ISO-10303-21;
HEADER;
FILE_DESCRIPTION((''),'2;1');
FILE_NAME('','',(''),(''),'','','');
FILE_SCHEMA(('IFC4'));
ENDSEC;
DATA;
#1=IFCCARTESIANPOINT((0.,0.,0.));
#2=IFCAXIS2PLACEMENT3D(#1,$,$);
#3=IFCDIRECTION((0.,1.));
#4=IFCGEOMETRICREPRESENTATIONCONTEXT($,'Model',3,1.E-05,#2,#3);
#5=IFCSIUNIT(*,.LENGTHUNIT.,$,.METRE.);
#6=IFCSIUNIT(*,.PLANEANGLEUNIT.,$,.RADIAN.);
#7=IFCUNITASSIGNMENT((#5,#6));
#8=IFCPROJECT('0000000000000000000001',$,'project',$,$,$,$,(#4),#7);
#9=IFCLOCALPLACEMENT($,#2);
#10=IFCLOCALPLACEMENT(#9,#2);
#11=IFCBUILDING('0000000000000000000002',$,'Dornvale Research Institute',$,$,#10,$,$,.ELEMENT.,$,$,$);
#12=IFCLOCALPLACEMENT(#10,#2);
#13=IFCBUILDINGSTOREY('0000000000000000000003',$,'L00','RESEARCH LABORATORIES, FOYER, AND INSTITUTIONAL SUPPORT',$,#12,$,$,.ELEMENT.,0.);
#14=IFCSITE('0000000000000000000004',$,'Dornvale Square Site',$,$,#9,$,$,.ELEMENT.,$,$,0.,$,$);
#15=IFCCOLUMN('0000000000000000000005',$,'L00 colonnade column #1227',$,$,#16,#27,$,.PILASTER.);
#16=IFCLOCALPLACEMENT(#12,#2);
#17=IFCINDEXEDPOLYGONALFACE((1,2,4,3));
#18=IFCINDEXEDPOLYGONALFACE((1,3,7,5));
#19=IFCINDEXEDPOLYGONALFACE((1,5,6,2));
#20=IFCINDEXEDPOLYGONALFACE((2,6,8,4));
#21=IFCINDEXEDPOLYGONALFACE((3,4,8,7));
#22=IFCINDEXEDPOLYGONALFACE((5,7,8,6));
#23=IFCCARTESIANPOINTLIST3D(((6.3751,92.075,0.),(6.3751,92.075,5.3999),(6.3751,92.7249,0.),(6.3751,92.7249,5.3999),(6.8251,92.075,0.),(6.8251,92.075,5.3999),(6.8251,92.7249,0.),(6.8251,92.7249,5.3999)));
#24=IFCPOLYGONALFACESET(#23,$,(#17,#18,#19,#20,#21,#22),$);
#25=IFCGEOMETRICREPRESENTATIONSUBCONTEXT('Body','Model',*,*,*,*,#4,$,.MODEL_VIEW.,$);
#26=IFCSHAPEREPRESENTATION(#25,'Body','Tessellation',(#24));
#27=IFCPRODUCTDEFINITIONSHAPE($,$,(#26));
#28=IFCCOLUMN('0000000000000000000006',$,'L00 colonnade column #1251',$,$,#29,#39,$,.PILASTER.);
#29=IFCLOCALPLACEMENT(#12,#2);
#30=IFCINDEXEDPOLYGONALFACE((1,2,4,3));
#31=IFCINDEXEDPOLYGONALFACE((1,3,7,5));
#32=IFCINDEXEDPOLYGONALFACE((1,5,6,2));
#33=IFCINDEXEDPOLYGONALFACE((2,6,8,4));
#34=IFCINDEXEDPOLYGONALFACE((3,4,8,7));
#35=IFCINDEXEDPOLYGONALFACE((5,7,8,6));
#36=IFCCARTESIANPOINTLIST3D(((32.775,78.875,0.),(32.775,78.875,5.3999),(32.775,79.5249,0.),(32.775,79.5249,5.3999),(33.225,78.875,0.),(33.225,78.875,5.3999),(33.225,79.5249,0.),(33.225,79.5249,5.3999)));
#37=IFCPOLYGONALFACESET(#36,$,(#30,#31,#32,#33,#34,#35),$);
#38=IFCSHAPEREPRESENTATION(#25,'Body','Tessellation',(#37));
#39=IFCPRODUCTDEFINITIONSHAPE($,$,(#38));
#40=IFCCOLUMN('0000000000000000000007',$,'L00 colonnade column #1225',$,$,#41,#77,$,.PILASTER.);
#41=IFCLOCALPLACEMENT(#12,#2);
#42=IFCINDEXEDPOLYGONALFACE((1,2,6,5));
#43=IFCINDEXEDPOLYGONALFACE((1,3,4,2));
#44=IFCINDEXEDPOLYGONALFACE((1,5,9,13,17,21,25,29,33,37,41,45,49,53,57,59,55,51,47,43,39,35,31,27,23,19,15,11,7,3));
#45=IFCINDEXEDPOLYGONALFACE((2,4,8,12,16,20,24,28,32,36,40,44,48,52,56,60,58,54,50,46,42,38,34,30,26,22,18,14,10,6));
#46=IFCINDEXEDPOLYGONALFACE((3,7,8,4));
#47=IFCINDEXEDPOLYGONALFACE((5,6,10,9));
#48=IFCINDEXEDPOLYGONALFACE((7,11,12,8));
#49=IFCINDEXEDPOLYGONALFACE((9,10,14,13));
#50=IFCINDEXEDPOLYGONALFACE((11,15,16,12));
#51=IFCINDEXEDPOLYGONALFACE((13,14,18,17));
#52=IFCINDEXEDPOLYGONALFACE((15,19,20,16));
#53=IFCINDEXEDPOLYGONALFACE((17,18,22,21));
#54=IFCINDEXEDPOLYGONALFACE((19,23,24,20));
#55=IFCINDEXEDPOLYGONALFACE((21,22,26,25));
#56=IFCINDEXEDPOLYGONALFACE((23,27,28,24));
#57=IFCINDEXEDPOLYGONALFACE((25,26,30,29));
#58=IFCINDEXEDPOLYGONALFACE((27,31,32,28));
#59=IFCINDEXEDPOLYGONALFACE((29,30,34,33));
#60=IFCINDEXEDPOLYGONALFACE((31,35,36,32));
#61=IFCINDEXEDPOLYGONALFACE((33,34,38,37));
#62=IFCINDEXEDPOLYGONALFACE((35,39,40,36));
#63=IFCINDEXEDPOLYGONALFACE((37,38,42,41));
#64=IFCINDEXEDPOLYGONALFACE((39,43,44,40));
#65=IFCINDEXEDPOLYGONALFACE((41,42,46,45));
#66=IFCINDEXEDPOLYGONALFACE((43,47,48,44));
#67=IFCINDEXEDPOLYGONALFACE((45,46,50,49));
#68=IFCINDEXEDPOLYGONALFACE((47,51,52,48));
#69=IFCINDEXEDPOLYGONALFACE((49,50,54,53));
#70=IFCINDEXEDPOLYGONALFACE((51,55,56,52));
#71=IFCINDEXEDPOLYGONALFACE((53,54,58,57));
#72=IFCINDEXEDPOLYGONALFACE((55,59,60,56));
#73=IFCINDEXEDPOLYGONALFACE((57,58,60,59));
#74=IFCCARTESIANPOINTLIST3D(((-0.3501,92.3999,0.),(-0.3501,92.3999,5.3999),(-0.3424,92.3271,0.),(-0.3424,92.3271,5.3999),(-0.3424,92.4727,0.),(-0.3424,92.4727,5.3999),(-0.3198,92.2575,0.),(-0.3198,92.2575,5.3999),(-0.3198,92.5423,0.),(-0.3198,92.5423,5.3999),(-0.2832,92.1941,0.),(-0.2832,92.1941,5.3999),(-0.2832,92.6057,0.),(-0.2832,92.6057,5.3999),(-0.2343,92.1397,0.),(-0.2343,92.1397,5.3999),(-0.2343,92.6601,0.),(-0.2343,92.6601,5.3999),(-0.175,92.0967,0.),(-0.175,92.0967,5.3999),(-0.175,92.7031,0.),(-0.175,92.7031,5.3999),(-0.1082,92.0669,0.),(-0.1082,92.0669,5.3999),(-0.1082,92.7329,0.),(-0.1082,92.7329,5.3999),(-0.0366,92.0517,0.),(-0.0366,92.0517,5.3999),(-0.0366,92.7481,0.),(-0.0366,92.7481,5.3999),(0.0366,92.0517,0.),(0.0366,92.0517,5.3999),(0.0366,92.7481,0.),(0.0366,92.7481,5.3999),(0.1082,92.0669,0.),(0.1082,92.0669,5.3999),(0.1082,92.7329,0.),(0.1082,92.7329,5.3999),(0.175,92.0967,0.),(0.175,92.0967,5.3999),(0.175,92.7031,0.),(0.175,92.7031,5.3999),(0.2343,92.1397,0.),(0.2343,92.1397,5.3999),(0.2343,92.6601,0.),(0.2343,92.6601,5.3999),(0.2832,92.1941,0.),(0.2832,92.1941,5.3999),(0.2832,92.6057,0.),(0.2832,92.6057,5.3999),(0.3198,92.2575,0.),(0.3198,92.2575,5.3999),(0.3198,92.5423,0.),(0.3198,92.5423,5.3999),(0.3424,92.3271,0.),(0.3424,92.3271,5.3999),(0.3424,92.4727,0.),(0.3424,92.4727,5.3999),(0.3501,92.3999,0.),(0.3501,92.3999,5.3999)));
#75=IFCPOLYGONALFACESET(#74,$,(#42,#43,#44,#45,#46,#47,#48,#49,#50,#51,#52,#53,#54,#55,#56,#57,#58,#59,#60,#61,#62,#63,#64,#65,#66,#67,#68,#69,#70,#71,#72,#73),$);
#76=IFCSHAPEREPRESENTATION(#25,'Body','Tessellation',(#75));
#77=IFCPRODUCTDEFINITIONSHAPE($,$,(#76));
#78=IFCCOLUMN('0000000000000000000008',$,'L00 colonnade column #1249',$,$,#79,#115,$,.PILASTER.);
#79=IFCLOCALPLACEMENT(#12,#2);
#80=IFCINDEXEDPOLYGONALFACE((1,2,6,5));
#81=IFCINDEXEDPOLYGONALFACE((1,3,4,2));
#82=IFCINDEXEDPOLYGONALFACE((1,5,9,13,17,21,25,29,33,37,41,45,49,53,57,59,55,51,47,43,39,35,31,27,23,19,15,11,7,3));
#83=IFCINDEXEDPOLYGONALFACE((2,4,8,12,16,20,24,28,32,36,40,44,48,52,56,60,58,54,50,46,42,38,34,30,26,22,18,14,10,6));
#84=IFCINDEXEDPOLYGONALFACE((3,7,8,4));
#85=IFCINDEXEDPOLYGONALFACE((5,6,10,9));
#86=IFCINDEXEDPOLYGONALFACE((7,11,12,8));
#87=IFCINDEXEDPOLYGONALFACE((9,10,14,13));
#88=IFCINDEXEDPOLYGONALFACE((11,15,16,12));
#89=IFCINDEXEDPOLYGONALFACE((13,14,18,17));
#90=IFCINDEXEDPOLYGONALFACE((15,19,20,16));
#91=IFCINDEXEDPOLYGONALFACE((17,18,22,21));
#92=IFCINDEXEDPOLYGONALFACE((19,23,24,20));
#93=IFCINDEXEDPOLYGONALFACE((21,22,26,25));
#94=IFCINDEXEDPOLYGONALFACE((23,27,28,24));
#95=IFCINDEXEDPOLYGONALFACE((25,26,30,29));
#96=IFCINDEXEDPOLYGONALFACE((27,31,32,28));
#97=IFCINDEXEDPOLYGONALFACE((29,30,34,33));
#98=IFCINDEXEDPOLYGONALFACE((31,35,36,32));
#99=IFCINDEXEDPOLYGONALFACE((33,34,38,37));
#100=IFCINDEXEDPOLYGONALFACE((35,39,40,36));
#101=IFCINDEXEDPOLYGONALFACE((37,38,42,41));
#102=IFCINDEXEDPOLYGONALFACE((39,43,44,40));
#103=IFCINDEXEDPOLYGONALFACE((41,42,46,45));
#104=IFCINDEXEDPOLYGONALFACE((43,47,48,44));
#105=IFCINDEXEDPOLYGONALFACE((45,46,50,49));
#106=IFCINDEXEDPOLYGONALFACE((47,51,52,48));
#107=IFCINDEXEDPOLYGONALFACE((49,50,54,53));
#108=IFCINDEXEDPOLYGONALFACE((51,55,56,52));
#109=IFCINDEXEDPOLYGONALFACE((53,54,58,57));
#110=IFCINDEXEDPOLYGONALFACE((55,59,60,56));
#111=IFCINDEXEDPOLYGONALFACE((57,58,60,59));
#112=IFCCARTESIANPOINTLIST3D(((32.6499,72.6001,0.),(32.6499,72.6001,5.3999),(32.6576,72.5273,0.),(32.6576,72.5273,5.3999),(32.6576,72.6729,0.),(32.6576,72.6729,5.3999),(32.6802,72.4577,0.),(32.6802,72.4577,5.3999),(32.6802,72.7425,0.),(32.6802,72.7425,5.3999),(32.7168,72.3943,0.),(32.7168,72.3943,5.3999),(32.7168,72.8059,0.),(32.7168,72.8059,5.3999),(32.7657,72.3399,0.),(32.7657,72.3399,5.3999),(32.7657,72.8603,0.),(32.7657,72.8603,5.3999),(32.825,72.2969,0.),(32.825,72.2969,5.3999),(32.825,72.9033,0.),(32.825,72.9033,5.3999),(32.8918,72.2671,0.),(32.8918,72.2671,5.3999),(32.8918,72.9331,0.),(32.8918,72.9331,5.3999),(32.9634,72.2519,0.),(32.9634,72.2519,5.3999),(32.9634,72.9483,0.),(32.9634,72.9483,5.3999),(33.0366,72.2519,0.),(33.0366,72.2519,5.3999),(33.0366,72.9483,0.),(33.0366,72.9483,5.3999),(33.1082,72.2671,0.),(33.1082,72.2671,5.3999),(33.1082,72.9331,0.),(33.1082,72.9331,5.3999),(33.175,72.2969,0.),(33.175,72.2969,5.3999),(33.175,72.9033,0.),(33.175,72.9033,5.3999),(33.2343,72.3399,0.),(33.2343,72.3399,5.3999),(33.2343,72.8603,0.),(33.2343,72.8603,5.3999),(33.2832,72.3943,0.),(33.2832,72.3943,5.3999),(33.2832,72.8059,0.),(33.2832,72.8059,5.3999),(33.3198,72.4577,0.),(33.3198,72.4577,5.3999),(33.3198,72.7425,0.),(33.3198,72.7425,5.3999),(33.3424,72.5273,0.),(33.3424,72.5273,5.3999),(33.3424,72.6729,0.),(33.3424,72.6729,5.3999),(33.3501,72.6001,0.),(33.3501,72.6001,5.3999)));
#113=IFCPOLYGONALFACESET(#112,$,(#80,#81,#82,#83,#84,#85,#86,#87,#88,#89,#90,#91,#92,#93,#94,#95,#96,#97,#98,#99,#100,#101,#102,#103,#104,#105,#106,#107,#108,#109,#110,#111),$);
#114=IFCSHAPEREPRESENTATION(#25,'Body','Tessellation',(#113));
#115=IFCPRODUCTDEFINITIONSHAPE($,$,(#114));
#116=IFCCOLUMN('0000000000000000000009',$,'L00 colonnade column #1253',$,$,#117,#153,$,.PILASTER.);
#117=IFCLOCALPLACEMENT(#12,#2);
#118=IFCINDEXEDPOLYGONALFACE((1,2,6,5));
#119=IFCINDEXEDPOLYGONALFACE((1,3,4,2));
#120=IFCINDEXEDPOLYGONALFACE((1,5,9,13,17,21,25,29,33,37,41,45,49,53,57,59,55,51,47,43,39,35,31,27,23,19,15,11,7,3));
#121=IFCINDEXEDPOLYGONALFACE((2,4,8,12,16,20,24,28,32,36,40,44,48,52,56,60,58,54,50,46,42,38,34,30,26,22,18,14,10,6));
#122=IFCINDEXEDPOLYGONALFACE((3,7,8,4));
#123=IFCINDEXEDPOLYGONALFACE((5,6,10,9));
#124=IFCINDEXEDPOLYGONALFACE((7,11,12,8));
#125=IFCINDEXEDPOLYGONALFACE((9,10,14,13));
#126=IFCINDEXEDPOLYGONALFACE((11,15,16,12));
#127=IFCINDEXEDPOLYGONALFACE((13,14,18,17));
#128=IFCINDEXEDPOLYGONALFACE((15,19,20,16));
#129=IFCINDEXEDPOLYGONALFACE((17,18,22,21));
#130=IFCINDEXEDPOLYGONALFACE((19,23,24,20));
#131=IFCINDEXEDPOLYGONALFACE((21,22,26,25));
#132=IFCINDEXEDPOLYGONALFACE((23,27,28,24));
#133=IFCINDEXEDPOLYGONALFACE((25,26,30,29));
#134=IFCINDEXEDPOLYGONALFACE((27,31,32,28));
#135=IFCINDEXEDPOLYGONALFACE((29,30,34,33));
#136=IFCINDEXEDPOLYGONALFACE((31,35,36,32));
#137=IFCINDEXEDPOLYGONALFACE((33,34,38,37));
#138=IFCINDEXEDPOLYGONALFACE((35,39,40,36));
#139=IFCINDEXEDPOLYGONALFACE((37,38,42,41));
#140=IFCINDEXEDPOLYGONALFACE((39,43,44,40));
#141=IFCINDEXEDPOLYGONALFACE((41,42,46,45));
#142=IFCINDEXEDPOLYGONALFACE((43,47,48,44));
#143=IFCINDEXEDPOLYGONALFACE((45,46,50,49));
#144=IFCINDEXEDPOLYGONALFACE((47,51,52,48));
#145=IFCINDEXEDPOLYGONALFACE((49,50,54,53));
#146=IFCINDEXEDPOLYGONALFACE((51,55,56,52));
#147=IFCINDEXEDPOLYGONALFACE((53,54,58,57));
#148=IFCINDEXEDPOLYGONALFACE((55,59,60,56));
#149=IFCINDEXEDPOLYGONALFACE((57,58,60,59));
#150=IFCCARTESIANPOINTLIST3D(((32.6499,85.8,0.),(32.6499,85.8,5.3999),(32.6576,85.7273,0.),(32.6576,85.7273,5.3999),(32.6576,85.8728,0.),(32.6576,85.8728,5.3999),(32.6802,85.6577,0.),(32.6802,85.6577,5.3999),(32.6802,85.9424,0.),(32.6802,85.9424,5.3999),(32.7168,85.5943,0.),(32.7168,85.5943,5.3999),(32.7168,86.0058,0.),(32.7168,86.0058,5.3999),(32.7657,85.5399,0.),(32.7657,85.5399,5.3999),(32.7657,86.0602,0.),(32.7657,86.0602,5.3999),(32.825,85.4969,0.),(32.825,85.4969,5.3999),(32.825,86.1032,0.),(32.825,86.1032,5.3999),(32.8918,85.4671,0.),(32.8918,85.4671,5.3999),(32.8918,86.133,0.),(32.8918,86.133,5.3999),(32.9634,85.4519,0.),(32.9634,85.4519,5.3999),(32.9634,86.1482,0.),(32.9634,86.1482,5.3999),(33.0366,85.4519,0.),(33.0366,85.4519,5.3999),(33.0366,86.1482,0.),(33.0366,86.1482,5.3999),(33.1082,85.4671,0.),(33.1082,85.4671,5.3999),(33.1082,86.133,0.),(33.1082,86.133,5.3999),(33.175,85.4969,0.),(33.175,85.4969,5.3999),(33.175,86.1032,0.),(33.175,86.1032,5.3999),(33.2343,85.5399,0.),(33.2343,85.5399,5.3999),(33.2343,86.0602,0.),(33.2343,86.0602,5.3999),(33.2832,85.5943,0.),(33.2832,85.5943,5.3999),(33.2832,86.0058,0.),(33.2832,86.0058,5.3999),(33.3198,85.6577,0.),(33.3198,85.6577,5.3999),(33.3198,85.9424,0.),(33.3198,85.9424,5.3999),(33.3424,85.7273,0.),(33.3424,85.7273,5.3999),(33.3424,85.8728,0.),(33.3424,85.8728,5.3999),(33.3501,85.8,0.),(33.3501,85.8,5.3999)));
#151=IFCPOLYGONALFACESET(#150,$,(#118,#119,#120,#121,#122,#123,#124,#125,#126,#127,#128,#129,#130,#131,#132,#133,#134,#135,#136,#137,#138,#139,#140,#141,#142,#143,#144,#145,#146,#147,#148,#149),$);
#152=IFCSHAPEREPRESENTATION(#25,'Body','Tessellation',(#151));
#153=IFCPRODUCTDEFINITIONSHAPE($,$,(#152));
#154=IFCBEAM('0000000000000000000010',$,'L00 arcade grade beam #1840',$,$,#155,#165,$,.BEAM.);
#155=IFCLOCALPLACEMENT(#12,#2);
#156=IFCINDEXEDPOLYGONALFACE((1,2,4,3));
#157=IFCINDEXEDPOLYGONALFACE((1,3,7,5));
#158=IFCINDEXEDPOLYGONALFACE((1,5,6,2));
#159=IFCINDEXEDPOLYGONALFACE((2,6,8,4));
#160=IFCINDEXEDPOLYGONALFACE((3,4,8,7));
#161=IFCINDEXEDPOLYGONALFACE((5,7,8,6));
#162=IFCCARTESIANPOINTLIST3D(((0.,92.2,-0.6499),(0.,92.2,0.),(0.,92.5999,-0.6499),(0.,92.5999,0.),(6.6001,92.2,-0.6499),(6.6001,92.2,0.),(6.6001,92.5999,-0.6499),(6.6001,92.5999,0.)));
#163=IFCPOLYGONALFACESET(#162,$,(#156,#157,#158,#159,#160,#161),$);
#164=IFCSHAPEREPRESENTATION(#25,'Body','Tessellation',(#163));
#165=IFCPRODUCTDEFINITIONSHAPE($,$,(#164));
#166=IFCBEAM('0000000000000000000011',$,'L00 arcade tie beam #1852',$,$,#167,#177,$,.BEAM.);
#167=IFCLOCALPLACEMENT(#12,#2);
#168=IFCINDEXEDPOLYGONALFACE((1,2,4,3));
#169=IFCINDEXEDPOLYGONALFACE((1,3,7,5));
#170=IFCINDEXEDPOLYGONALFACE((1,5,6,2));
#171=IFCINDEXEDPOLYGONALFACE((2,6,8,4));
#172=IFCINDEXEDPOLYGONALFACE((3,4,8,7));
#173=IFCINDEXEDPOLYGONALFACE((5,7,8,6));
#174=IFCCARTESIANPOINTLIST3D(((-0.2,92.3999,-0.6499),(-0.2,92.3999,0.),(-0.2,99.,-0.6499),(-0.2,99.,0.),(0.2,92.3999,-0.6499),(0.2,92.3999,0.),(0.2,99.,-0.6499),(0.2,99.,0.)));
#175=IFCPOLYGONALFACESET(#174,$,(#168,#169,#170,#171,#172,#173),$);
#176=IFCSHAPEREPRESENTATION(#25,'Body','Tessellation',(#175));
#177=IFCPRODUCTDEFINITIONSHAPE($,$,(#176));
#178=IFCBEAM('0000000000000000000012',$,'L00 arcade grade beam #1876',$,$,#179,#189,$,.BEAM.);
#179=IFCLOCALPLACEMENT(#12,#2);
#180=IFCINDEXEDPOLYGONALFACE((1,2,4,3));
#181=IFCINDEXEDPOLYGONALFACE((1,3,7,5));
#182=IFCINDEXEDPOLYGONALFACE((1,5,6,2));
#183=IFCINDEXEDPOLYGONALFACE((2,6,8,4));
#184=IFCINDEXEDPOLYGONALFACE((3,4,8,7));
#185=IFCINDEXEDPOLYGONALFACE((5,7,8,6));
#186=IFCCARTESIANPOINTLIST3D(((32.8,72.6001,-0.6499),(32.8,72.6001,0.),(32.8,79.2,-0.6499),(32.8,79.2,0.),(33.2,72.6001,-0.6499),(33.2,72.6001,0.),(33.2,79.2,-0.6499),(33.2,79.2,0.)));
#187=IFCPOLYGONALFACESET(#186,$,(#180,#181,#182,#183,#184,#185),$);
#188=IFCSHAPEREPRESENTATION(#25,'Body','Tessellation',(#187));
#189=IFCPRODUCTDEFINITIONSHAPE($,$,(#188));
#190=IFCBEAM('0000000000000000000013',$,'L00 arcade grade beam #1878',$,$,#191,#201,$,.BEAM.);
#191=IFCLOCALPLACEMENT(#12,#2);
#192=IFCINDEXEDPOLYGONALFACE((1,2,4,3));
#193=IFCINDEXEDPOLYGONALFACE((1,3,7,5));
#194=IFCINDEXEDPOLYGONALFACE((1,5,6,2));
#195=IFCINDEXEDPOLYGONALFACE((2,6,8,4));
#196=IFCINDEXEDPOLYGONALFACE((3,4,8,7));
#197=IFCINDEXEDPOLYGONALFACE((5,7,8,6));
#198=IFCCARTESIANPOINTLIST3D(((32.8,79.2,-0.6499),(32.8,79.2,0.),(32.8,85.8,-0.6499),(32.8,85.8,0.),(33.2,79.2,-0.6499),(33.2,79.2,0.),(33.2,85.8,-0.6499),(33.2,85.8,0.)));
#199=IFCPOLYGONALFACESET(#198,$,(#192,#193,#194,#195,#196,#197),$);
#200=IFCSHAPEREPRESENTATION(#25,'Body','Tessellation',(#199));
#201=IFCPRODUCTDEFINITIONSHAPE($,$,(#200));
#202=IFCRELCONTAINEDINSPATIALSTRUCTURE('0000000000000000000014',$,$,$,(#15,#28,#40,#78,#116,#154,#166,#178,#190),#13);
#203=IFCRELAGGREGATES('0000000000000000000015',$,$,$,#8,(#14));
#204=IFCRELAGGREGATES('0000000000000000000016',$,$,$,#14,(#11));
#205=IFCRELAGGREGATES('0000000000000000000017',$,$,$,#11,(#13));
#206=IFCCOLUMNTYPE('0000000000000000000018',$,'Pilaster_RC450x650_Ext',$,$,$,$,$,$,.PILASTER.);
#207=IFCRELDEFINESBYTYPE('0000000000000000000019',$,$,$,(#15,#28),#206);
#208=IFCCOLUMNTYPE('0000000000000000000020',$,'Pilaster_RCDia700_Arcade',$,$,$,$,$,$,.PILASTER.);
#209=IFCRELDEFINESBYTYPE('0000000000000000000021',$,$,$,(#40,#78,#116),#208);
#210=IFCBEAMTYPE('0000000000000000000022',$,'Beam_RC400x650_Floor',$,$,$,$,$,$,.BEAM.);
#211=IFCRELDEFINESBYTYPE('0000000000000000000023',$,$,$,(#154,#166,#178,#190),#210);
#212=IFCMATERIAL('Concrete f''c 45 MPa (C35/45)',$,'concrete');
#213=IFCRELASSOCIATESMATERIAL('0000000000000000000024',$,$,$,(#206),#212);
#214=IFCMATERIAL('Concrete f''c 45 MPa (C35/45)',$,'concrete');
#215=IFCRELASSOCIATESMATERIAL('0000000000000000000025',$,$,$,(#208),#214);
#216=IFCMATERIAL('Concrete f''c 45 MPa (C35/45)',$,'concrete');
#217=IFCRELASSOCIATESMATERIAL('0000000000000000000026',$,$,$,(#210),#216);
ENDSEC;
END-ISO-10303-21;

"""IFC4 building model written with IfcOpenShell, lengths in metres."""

from ifc_helpers import new_model, si_unit, direction, frame, origin, origin_2d, place, context, subcontext, project, spatial, rectangle, circle, extrude, material, material_profile, profile_set, type_object, element, save


model = new_model("IFC4")

# Units and contexts
model_context = context("Model", 3, precision=1e-05, world=origin(), true_north=direction((0.0, 1.0)))
body_context = subcontext(model_context, "Body", "Model", "MODEL_VIEW")
ifc_project = project(units=[si_unit("LENGTHUNIT", "METRE"), si_unit("PLANEANGLEUNIT", "RADIAN")], contexts=[model_context])

# Site, building, storey
site_placement = place(None, origin())
site = spatial("IfcSite", under=ifc_project, at=site_placement, Name="Dornvale Square Site", CompositionType="ELEMENT", RefElevation=0.0)
building_placement = place(site_placement, origin())
building = spatial("IfcBuilding", under=site, at=building_placement, Name="Dornvale Research Institute", CompositionType="ELEMENT")
storey_placement = place(building_placement, origin())
storey = spatial("IfcBuildingStorey", under=building, at=storey_placement, Name="L00", Description="RESEARCH LABORATORIES, FOYER, AND INSTITUTIONAL SUPPORT", CompositionType="ELEMENT", Elevation=0.0)

# Columns
ifc_material_1 = material(Name="Concrete f'c 45 MPa (C35/45)", Category="concrete")
ifc_material_profile_1 = material_profile(ifc_material_1, rectangle(XDim=0.45, YDim=0.6499, at=origin_2d()), Name="RC 450x650")
ifc_profile_set_1 = profile_set([ifc_material_profile_1], Name="Concrete f'c 45 MPa (C35/45)")
column_type_1 = type_object("IfcColumnType", Name="Pilaster_RC450x650_Ext", PredefinedType="PILASTER", material=ifc_profile_set_1)
for number, where, z_axis, x_axis, name in (
    (1, (6.6001, 92.3999, 0.0), (0.0, 0.0, 1.0), (1.0, 0.0, 0.0), "L00 colonnade column #1227"),
    (2, (33.0, 79.2, 0.0), (0.0, 0.0, 1.0), (1.0, 0.0, 0.0), "L00 colonnade column #1251"),
):
    element("IfcColumn", number, at=place(storey_placement, frame(where, z_axis=z_axis, x_axis=x_axis)), inside=storey, type_object=column_type_1, Name=name, PredefinedType="PILASTER", context=body_context, shape_type="SweptSolid", body=[
        extrude(rectangle(XDim=0.45, YDim=0.6499, at=origin_2d()), origin(), (0.0, 0.0, 1.0), 5.3999),
    ])
ifc_material_2 = material(Name="Concrete f'c 45 MPa (C35/45)", Category="concrete")
ifc_material_profile_2 = material_profile(ifc_material_2, circle(Radius=0.3501, at=origin_2d()), Name="RC DIA 700")
ifc_profile_set_2 = profile_set([ifc_material_profile_2], Name="Concrete f'c 45 MPa (C35/45)")
column_type_2 = type_object("IfcColumnType", Name="Pilaster_RCDia700_Arcade", PredefinedType="PILASTER", material=ifc_profile_set_2)
for number, where, z_axis, x_axis, name in (
    (3, (0.0, 92.3999, 0.0), (0.0, 0.0, 1.0), (1.0, 0.0, 0.0), "L00 colonnade column #1225"),
    (4, (33.0, 72.6001, 0.0), (0.0, 0.0, 1.0), (1.0, 0.0, 0.0), "L00 colonnade column #1249"),
    (5, (33.0, 85.8, 0.0), (0.0, 0.0, 1.0), (1.0, 0.0, 0.0), "L00 colonnade column #1253"),
):
    element("IfcColumn", number, at=place(storey_placement, frame(where, z_axis=z_axis, x_axis=x_axis)), inside=storey, type_object=column_type_2, Name=name, PredefinedType="PILASTER", context=body_context, shape_type="SweptSolid", body=[
        extrude(circle(Radius=0.3501, at=origin_2d()), origin(), (0.0, 0.0, 1.0), 5.3999),
    ])

# Beams
ifc_material_3 = material(Name="Concrete f'c 45 MPa (C35/45)", Category="concrete")
ifc_material_profile_3 = material_profile(ifc_material_3, rectangle(XDim=0.3999, YDim=0.6499, at=origin_2d()), Name="RC 400x650")
ifc_profile_set_3 = profile_set([ifc_material_profile_3], Name="Concrete f'c 45 MPa (C35/45)")
beam_type = type_object("IfcBeamType", Name="Beam_RC400x650_Floor", PredefinedType="BEAM", material=ifc_profile_set_3)
for number, where, z_axis, x_axis, name in (
    (6, (0.0, 92.3999, -0.325), (1.0, 0.0, 0.0), (0.0, 1.0, 0.0), "L00 arcade grade beam #1840"),
    (7, (0.0, 92.3999, -0.325), (0.0, 1.0, 0.0), (-1.0, 0.0, 0.0), "L00 arcade tie beam #1852"),
):
    element("IfcBeam", number, at=place(storey_placement, frame(where, z_axis=z_axis, x_axis=x_axis)), inside=storey, type_object=beam_type, Name=name, PredefinedType="BEAM", context=body_context, shape_type="SweptSolid", body=[
        extrude(rectangle(XDim=0.3999, YDim=0.6499, at=origin_2d()), origin(), (0.0, 0.0, 1.0), 6.6001),
    ])
beam_placement = place(storey_placement, frame((33.0, 72.6001, -0.325), z_axis=(0.0, 1.0, 0.0), x_axis=(-1.0, 0.0, 0.0)))
element("IfcBeam", 8, at=beam_placement, inside=storey, type_object=beam_type, Name="L00 arcade grade beam #1876", PredefinedType="BEAM", context=body_context, shape_type="SweptSolid", body=[
    extrude(rectangle(XDim=0.3999, YDim=0.6499, at=origin_2d()), origin(), (0.0, 0.0, 1.0), 6.5999),
])
for number, where, z_axis, x_axis, name in (
    (9, (33.0, 79.2, -0.325), (0.0, 1.0, 0.0), (-1.0, 0.0, 0.0), "L00 arcade grade beam #1878"),
):
    element("IfcBeam", number, at=place(storey_placement, frame(where, z_axis=z_axis, x_axis=x_axis)), inside=storey, type_object=beam_type, Name=name, PredefinedType="BEAM", context=body_context, shape_type="SweptSolid", body=[
        extrude(rectangle(XDim=0.3999, YDim=0.6499, at=origin_2d()), origin(), (0.0, 0.0, 1.0), 6.6001),
    ])

save(model, "model.ifc")
